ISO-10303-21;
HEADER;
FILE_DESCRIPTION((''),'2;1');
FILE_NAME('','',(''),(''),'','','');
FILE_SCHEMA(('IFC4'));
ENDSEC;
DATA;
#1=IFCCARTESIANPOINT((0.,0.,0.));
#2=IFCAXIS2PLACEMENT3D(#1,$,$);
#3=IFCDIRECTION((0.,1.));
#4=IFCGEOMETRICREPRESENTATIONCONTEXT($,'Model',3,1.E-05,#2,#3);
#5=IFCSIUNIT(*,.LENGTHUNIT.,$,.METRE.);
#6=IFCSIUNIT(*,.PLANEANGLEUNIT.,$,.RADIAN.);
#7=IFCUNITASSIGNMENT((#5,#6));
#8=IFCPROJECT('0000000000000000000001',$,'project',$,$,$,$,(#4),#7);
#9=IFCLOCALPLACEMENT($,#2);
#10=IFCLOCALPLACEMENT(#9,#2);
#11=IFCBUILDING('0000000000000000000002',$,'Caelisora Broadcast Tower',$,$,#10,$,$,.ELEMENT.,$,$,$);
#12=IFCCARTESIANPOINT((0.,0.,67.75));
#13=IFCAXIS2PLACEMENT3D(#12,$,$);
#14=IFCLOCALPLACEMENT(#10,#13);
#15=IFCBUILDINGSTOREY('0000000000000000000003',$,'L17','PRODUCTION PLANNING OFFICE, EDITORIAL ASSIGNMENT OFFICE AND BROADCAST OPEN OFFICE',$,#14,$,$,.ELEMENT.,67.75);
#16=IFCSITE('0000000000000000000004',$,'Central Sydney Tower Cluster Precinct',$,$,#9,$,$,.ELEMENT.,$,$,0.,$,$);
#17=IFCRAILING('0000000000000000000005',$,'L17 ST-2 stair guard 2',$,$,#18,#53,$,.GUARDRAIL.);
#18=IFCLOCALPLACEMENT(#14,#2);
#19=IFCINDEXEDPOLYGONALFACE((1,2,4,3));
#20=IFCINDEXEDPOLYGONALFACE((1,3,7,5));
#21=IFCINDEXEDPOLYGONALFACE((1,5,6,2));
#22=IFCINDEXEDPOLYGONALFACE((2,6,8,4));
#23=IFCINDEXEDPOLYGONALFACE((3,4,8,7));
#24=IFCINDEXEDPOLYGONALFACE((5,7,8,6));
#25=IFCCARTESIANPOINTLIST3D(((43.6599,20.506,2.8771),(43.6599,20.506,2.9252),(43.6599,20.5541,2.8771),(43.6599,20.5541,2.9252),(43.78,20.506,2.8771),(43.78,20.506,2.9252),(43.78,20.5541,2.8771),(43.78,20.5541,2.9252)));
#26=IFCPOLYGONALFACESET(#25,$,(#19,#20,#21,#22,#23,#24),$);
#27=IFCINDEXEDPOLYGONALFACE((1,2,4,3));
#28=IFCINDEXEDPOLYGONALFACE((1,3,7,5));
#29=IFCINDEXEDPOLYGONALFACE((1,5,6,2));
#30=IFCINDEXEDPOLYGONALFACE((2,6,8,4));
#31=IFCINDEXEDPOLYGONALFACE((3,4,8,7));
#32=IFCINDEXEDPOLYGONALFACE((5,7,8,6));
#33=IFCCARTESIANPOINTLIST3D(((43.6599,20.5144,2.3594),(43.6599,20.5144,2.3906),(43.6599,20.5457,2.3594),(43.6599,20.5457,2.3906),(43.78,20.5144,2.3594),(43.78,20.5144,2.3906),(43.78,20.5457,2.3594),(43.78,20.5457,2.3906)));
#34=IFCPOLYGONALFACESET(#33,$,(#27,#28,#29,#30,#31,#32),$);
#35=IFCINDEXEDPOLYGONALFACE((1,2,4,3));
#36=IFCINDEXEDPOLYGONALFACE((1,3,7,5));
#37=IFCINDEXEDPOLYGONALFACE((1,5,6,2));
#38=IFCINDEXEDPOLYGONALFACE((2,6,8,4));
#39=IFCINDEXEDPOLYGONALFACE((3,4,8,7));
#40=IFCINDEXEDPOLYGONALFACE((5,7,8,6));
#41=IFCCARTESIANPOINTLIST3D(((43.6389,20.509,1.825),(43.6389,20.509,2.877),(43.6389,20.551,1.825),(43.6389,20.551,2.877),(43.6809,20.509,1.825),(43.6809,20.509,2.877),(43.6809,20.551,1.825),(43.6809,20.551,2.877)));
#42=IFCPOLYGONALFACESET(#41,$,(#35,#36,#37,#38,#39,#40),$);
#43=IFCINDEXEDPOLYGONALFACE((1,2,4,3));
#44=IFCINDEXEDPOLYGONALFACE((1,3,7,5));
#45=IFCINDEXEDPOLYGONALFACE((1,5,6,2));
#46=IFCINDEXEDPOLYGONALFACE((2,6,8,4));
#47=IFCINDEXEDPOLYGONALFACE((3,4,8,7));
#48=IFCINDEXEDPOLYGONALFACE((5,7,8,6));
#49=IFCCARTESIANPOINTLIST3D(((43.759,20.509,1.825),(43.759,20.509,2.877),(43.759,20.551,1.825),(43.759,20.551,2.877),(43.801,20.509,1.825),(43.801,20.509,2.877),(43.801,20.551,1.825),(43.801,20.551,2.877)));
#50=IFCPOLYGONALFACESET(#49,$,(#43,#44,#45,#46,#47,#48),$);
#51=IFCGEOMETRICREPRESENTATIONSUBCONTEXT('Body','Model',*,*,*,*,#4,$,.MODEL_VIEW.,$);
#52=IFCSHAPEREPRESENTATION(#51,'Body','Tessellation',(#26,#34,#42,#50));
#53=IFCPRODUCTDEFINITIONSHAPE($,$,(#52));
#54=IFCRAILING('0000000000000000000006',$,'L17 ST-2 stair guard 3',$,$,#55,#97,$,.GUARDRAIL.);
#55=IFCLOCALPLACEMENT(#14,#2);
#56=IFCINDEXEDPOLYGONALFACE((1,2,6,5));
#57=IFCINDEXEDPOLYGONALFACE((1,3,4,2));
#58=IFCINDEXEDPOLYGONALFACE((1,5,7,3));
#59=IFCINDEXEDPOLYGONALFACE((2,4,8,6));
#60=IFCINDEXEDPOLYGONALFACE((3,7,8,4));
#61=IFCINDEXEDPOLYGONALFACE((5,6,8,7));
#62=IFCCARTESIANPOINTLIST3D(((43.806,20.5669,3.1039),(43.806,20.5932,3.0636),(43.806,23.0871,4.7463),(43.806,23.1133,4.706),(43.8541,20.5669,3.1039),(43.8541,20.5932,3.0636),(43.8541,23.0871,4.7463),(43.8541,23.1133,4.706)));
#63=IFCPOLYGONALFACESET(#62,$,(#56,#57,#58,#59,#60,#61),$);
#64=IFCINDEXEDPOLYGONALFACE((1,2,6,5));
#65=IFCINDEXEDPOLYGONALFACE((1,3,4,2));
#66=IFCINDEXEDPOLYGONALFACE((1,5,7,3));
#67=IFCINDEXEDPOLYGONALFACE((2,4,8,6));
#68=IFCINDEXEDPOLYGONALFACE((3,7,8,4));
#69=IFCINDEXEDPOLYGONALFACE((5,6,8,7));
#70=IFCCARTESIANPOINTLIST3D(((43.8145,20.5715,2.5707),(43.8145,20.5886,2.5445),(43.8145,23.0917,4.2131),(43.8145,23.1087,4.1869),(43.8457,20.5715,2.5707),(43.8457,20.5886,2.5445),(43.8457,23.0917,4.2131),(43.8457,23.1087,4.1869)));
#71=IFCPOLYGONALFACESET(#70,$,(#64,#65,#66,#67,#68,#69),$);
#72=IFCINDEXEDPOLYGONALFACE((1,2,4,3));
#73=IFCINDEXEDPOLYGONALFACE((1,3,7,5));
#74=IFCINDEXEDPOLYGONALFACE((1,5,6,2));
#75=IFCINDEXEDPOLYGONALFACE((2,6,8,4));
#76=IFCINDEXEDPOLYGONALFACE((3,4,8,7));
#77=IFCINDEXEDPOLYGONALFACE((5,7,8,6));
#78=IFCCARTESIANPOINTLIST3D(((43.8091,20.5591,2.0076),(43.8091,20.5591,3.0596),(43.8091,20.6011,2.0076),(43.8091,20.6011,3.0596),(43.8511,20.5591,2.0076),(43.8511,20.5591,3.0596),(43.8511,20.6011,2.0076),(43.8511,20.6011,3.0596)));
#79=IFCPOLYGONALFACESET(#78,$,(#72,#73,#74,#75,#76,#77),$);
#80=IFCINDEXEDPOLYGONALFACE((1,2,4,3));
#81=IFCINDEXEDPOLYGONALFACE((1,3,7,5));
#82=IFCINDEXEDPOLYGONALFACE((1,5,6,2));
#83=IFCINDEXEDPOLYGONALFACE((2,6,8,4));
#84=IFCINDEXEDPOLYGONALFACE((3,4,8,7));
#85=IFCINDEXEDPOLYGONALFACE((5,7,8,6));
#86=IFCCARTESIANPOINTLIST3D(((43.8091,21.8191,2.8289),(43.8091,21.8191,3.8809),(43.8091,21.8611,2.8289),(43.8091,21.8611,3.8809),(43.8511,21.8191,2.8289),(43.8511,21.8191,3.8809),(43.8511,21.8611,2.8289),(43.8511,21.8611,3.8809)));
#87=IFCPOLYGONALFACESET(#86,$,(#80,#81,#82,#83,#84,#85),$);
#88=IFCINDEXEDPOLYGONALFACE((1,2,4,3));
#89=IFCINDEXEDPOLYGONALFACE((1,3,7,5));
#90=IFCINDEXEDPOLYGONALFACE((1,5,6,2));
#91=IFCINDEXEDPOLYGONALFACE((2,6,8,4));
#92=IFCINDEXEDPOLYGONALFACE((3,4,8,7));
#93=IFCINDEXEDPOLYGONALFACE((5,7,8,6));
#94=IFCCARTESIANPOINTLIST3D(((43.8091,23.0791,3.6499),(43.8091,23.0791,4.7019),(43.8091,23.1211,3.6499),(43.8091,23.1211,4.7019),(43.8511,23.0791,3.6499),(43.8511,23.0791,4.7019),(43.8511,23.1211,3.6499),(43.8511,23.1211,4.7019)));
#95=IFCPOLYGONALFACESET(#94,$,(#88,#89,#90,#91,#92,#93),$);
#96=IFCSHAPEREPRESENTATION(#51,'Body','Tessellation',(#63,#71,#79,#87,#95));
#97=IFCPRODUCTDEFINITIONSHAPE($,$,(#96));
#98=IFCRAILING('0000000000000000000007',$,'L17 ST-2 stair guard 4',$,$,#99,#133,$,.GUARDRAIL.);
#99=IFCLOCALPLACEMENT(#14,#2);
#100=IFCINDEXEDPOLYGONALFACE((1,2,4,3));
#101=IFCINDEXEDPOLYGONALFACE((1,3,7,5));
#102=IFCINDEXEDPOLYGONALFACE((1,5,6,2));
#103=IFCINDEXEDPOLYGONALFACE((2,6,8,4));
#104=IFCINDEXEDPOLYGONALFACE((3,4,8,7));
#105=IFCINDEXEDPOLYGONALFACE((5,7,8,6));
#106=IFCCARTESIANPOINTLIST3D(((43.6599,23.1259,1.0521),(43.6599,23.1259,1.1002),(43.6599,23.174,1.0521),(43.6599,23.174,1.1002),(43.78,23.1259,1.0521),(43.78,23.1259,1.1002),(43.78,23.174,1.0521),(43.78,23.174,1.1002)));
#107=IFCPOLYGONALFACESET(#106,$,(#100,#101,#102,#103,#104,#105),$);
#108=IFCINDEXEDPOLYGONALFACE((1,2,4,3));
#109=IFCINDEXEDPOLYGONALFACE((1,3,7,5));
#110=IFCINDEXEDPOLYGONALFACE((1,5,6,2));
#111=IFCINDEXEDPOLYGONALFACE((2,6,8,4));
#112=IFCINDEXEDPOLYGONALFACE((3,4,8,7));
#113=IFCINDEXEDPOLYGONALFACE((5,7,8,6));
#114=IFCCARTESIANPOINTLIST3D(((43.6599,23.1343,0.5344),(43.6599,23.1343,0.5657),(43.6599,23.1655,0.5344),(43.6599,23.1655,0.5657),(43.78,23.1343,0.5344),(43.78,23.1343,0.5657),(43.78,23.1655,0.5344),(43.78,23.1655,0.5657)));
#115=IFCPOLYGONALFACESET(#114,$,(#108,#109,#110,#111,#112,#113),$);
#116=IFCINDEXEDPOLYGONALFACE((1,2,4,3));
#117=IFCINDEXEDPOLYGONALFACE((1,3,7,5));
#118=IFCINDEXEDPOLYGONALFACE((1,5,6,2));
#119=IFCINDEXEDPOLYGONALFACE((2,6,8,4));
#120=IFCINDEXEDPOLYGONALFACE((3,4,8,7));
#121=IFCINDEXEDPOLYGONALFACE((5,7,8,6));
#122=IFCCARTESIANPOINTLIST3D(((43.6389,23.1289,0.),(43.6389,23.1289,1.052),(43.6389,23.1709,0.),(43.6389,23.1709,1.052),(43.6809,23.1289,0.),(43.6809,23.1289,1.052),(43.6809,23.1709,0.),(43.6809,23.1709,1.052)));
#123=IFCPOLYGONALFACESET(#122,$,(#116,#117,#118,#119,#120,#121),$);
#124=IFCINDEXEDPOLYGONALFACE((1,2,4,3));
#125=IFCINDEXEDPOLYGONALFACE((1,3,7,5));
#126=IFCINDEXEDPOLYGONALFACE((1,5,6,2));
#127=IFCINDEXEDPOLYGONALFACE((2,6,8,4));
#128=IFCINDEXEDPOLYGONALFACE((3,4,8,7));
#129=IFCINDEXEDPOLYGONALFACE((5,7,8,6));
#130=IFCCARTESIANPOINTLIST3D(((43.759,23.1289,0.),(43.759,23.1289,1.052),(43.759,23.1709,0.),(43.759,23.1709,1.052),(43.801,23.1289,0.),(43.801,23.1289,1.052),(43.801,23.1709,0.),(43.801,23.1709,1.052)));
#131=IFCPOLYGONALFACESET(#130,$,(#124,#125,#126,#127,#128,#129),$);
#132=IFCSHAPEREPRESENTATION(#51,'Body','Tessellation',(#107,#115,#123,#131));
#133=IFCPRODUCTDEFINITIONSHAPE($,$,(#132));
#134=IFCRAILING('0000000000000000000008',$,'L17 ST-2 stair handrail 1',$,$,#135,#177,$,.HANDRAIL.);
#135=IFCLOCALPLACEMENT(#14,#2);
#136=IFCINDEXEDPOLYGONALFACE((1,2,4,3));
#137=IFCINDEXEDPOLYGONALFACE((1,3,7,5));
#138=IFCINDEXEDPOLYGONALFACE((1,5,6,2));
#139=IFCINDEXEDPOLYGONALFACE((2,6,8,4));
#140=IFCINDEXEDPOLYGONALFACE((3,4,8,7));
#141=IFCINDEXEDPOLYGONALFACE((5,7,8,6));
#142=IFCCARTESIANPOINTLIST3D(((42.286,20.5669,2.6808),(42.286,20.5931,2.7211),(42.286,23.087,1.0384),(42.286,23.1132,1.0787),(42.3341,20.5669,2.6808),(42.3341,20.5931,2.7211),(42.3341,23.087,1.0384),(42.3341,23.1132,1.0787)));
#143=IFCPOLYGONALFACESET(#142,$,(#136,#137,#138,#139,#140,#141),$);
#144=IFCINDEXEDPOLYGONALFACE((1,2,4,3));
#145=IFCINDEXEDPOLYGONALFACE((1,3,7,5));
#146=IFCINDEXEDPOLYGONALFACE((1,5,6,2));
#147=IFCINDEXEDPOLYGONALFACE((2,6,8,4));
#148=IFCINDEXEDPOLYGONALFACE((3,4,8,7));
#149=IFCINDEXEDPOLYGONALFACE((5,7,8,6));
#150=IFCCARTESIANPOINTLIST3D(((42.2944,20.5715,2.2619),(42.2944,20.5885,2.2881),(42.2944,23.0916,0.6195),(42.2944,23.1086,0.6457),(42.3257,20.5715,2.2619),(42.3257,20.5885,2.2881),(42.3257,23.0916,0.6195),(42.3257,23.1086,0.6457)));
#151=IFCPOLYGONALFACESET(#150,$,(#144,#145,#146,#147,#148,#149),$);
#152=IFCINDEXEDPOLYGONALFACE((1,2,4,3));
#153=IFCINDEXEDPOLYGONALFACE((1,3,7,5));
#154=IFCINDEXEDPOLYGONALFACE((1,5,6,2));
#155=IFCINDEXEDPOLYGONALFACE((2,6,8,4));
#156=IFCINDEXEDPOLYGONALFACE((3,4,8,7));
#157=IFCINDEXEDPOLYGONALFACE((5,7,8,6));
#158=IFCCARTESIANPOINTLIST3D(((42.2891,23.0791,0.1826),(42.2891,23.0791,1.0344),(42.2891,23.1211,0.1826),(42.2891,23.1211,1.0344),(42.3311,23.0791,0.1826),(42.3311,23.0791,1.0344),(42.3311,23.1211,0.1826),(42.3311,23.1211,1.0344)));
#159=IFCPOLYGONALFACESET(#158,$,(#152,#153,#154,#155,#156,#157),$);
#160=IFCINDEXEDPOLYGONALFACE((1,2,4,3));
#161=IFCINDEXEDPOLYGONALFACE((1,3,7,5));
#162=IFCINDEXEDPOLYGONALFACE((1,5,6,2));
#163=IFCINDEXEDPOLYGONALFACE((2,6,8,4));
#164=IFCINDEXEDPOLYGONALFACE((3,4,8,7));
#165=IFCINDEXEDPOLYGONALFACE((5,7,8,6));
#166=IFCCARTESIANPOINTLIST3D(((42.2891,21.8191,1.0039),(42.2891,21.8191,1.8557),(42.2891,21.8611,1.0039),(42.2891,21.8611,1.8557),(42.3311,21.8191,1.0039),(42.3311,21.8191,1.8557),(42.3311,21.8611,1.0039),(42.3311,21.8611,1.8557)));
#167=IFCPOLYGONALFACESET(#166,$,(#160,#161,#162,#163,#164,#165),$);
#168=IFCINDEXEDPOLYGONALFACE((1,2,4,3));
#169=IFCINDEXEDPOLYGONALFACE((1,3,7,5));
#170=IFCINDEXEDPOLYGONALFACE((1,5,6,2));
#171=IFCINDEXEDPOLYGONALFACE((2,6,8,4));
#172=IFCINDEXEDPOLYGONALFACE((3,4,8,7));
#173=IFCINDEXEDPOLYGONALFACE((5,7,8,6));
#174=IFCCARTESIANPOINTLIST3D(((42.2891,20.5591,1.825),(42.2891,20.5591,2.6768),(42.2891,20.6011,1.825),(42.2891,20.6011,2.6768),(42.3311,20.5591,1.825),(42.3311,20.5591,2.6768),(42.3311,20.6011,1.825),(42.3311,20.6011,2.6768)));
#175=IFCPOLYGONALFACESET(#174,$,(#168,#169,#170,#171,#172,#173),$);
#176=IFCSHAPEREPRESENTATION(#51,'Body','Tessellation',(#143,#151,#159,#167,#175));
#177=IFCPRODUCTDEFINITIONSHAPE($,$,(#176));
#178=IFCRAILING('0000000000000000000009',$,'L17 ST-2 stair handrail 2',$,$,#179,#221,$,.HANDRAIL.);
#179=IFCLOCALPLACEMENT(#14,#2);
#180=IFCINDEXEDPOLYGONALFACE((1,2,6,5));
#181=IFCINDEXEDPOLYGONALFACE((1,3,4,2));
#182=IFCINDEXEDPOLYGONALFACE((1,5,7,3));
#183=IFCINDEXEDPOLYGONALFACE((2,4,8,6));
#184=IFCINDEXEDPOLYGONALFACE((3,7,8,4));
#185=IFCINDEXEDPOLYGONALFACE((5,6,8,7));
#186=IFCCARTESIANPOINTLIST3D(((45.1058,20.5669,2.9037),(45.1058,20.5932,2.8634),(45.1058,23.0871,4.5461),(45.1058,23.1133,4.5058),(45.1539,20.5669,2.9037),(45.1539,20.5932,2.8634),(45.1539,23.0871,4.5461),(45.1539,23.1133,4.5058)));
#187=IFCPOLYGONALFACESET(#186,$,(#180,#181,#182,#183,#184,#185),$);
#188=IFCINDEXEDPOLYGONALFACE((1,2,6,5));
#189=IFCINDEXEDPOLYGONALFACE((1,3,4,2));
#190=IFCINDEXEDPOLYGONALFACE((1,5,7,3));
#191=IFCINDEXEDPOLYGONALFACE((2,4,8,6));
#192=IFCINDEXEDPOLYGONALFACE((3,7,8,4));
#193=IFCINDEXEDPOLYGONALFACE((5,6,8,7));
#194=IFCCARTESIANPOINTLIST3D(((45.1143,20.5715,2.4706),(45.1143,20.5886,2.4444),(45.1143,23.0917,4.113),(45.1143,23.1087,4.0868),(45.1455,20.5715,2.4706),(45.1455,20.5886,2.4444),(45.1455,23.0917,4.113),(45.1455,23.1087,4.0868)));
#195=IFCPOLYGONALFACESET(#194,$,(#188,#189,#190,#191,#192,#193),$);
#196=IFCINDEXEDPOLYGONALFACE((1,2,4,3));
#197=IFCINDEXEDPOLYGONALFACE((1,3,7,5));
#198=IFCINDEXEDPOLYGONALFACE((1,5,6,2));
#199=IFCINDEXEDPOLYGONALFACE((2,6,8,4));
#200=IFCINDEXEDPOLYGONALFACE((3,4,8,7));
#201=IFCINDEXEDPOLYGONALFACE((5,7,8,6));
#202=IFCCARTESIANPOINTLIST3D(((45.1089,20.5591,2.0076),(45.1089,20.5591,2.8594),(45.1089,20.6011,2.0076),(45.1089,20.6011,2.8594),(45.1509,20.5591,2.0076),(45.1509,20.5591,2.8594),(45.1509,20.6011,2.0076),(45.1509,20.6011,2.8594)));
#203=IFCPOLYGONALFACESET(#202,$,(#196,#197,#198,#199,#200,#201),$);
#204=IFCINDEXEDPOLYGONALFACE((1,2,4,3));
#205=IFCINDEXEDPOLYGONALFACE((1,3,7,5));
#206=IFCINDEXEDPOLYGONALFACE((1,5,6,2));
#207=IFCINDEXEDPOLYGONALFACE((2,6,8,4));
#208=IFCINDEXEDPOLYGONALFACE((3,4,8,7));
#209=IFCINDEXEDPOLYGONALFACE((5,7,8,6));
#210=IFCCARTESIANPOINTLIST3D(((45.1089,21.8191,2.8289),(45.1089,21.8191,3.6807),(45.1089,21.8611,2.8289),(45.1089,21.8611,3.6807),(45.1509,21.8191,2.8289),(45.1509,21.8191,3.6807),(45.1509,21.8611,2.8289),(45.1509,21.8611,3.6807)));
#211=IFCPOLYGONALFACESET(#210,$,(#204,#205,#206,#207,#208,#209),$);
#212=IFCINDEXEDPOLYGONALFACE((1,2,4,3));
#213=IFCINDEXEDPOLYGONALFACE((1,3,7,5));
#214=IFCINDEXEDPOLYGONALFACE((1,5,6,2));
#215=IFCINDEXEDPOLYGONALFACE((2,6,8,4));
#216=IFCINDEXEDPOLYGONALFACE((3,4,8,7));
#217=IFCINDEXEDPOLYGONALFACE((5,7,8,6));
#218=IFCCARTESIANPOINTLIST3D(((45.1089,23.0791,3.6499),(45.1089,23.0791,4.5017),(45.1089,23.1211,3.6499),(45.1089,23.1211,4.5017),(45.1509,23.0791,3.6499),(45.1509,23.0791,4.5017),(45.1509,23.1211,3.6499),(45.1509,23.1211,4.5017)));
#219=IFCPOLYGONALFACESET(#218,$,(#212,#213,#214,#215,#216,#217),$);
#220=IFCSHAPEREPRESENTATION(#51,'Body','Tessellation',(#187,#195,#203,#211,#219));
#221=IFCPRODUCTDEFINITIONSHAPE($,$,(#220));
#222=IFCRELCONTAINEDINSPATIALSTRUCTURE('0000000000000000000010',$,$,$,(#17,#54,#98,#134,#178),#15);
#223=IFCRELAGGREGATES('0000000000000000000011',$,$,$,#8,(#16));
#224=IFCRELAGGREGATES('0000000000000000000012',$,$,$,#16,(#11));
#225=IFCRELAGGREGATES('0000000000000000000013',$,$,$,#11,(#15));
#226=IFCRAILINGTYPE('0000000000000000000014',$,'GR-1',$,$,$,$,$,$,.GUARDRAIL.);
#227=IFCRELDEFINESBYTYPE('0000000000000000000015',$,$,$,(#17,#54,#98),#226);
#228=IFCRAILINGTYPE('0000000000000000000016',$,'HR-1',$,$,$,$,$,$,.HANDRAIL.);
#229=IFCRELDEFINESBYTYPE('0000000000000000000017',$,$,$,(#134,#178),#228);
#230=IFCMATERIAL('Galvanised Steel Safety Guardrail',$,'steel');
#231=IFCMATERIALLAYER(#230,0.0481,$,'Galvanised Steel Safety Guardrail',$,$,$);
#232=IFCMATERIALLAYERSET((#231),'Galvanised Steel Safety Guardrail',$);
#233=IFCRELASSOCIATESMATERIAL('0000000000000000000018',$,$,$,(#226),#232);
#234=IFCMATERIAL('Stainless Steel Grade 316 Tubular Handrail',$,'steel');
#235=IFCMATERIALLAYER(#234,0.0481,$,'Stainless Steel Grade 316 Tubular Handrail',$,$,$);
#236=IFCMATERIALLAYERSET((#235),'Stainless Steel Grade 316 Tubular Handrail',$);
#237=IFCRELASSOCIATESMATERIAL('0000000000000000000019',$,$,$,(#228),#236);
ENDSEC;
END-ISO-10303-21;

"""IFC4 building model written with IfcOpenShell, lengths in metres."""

from ifc_helpers import new_model, si_unit, direction, frame, origin, origin_2d, place, context, subcontext, project, spatial, rectangle, extrude, material, layer, layer_set, type_object, element, save


model = new_model("IFC4")

# Units and contexts
model_context = context("Model", 3, precision=1e-05, world=origin(), true_north=direction((0.0, 1.0)))
body_context = subcontext(model_context, "Body", "Model", "MODEL_VIEW")
ifc_project = project(units=[si_unit("LENGTHUNIT", "METRE"), si_unit("PLANEANGLEUNIT", "RADIAN")], contexts=[model_context])

# Site, building, storey
site_placement = place(None, origin())
site = spatial("IfcSite", under=ifc_project, at=site_placement, Name="Central Sydney Tower Cluster Precinct", CompositionType="ELEMENT", RefElevation=0.0)
building_placement = place(site_placement, origin())
building = spatial("IfcBuilding", under=site, at=building_placement, Name="Caelisora Broadcast Tower", CompositionType="ELEMENT")
storey_placement = place(building_placement, frame((0.0, 0.0, 67.75)))
storey = spatial("IfcBuildingStorey", under=building, at=storey_placement, Name="L17", Description="PRODUCTION PLANNING OFFICE, EDITORIAL ASSIGNMENT OFFICE AND BROADCAST OPEN OFFICE", CompositionType="ELEMENT", Elevation=67.75)

# Railings
ifc_material_1 = material(Name="Galvanised Steel Safety Guardrail", Category="steel")
ifc_layer_1 = layer(ifc_material_1, 0.0481, Name="Galvanised Steel Safety Guardrail")
ifc_layer_set_1 = layer_set([ifc_layer_1], Name="Galvanised Steel Safety Guardrail")
railing_type_1 = type_object("IfcRailingType", Name="GR-1", PredefinedType="GUARDRAIL", material=ifc_layer_set_1)
railing_1_placement = place(storey_placement, frame((43.6599, 20.53, 1.825)))
element("IfcRailing", 1, at=railing_1_placement, inside=storey, type_object=railing_type_1, Name="L17 ST-2 stair guard 2", PredefinedType="GUARDRAIL", context=body_context, shape_type="SweptSolid", body=[
    extrude(rectangle(XDim=0.0481, YDim=0.0481, at=origin_2d()), frame((0.0, 0.0, 1.0762), z_axis=(1.0, 0.0, 0.0), x_axis=(0.0, 1.0, 0.0)), (0.0, 0.0, 1.0), 0.1201),
    extrude(rectangle(XDim=0.0312, YDim=0.0312, at=origin_2d()), frame((0.0, 0.0, 0.55), z_axis=(1.0, 0.0, 0.0), x_axis=(0.0, 1.0, 0.0)), (0.0, 0.0, 1.0), 0.1201),
    extrude(rectangle(XDim=0.042, YDim=0.042, at=origin_2d()), origin(), (0.0, 0.0, 1.0), 1.052),
    extrude(rectangle(XDim=0.042, YDim=0.042, at=origin_2d()), frame((0.1201, 0.0, 0.0)), (0.0, 0.0, 1.0), 1.052),
])
railing_2_placement = place(storey_placement, frame((43.8301, 20.5801, 2.0076)))
element("IfcRailing", 2, at=railing_2_placement, inside=storey, type_object=railing_type_1, Name="L17 ST-2 stair guard 3", PredefinedType="GUARDRAIL", context=body_context, shape_type="SweptSolid", body=[
    extrude(rectangle(XDim=0.0481, YDim=0.0481, at=origin_2d()), frame((0.0, 0.0, 1.0762), z_axis=(0.0, 0.837787, 0.545998), x_axis=(-1.0, 0.0, 0.0)), (0.0, 0.0, 1.0), 3.0081),
    extrude(rectangle(XDim=0.0312, YDim=0.0312, at=origin_2d()), frame((0.0, 0.0, 0.55), z_axis=(0.0, 0.837787, 0.545998), x_axis=(-1.0, 0.0, 0.0)), (0.0, 0.0, 1.0), 3.0081),
    extrude(rectangle(XDim=0.042, YDim=0.042, at=origin_2d()), origin(), (0.0, 0.0, 1.0), 1.052),
    extrude(rectangle(XDim=0.042, YDim=0.042, at=origin_2d()), frame((0.0, 1.26, 0.8213)), (0.0, 0.0, 1.0), 1.052),
    extrude(rectangle(XDim=0.042, YDim=0.042, at=origin_2d()), frame((0.0, 2.52, 1.6423)), (0.0, 0.0, 1.0), 1.052),
])
railing_3_placement = place(storey_placement, frame((43.6599, 23.1499, 0.0)))
element("IfcRailing", 3, at=railing_3_placement, inside=storey, type_object=railing_type_1, Name="L17 ST-2 stair guard 4", PredefinedType="GUARDRAIL", context=body_context, shape_type="SweptSolid", body=[
    extrude(rectangle(XDim=0.0481, YDim=0.0481, at=origin_2d()), frame((0.0, 0.0, 1.0762), z_axis=(1.0, 0.0, 0.0), x_axis=(0.0, 1.0, 0.0)), (0.0, 0.0, 1.0), 0.1201),
    extrude(rectangle(XDim=0.0312, YDim=0.0312, at=origin_2d()), frame((0.0, 0.0, 0.55), z_axis=(1.0, 0.0, 0.0), x_axis=(0.0, 1.0, 0.0)), (0.0, 0.0, 1.0), 0.1201),
    extrude(rectangle(XDim=0.042, YDim=0.042, at=origin_2d()), origin(), (0.0, 0.0, 1.0), 1.052),
    extrude(rectangle(XDim=0.042, YDim=0.042, at=origin_2d()), frame((0.1201, 0.0, 0.0)), (0.0, 0.0, 1.0), 1.052),
])
ifc_material_2 = material(Name="Stainless Steel Grade 316 Tubular Handrail", Category="steel")
ifc_layer_2 = layer(ifc_material_2, 0.0481, Name="Stainless Steel Grade 316 Tubular Handrail")
ifc_layer_set_2 = layer_set([ifc_layer_2], Name="Stainless Steel Grade 316 Tubular Handrail")
railing_type_2 = type_object("IfcRailingType", Name="HR-1", PredefinedType="HANDRAIL", material=ifc_layer_set_2)
railing_4_placement = place(storey_placement, frame((42.3101, 23.1001, 0.1826)))
element("IfcRailing", 4, at=railing_4_placement, inside=storey, type_object=railing_type_2, Name="L17 ST-2 stair handrail 1", PredefinedType="HANDRAIL", context=body_context, shape_type="SweptSolid", body=[
    extrude(rectangle(XDim=0.0481, YDim=0.0481, at=origin_2d()), frame((0.0, 0.0, 0.876), z_axis=(0.0, -0.837787, 0.545998), x_axis=(1.0, 0.0, 0.0)), (0.0, 0.0, 1.0), 3.0081),
    extrude(rectangle(XDim=0.0312, YDim=0.0312, at=origin_2d()), frame((0.0, 0.0, 0.45), z_axis=(0.0, -0.837787, 0.545998), x_axis=(1.0, 0.0, 0.0)), (0.0, 0.0, 1.0), 3.0081),
    extrude(rectangle(XDim=0.042, YDim=0.042, at=origin_2d()), origin(), (0.0, 0.0, 1.0), 0.8518),
    extrude(rectangle(XDim=0.042, YDim=0.042, at=origin_2d()), frame((0.0, -1.26, 0.8213)), (0.0, 0.0, 1.0), 0.8518),
    extrude(rectangle(XDim=0.042, YDim=0.042, at=origin_2d()), frame((0.0, -2.52, 1.6423)), (0.0, 0.0, 1.0), 0.8518),
])
railing_5_placement = place(storey_placement, frame((45.1299, 20.5801, 2.0076)))
element("IfcRailing", 5, at=railing_5_placement, inside=storey, type_object=railing_type_2, Name="L17 ST-2 stair handrail 2", PredefinedType="HANDRAIL", context=body_context, shape_type="SweptSolid", body=[
    extrude(rectangle(XDim=0.0481, YDim=0.0481, at=origin_2d()), frame((0.0, 0.0, 0.876), z_axis=(0.0, 0.837787, 0.545998), x_axis=(-1.0, 0.0, 0.0)), (0.0, 0.0, 1.0), 3.0081),
    extrude(rectangle(XDim=0.0312, YDim=0.0312, at=origin_2d()), frame((0.0, 0.0, 0.45), z_axis=(0.0, 0.837787, 0.545998), x_axis=(-1.0, 0.0, 0.0)), (0.0, 0.0, 1.0), 3.0081),
    extrude(rectangle(XDim=0.042, YDim=0.042, at=origin_2d()), origin(), (0.0, 0.0, 1.0), 0.8518),
    extrude(rectangle(XDim=0.042, YDim=0.042, at=origin_2d()), frame((0.0, 1.26, 0.8213)), (0.0, 0.0, 1.0), 0.8518),
    extrude(rectangle(XDim=0.042, YDim=0.042, at=origin_2d()), frame((0.0, 2.52, 1.6423)), (0.0, 0.0, 1.0), 0.8518),
])

save(model, "model.ifc")
